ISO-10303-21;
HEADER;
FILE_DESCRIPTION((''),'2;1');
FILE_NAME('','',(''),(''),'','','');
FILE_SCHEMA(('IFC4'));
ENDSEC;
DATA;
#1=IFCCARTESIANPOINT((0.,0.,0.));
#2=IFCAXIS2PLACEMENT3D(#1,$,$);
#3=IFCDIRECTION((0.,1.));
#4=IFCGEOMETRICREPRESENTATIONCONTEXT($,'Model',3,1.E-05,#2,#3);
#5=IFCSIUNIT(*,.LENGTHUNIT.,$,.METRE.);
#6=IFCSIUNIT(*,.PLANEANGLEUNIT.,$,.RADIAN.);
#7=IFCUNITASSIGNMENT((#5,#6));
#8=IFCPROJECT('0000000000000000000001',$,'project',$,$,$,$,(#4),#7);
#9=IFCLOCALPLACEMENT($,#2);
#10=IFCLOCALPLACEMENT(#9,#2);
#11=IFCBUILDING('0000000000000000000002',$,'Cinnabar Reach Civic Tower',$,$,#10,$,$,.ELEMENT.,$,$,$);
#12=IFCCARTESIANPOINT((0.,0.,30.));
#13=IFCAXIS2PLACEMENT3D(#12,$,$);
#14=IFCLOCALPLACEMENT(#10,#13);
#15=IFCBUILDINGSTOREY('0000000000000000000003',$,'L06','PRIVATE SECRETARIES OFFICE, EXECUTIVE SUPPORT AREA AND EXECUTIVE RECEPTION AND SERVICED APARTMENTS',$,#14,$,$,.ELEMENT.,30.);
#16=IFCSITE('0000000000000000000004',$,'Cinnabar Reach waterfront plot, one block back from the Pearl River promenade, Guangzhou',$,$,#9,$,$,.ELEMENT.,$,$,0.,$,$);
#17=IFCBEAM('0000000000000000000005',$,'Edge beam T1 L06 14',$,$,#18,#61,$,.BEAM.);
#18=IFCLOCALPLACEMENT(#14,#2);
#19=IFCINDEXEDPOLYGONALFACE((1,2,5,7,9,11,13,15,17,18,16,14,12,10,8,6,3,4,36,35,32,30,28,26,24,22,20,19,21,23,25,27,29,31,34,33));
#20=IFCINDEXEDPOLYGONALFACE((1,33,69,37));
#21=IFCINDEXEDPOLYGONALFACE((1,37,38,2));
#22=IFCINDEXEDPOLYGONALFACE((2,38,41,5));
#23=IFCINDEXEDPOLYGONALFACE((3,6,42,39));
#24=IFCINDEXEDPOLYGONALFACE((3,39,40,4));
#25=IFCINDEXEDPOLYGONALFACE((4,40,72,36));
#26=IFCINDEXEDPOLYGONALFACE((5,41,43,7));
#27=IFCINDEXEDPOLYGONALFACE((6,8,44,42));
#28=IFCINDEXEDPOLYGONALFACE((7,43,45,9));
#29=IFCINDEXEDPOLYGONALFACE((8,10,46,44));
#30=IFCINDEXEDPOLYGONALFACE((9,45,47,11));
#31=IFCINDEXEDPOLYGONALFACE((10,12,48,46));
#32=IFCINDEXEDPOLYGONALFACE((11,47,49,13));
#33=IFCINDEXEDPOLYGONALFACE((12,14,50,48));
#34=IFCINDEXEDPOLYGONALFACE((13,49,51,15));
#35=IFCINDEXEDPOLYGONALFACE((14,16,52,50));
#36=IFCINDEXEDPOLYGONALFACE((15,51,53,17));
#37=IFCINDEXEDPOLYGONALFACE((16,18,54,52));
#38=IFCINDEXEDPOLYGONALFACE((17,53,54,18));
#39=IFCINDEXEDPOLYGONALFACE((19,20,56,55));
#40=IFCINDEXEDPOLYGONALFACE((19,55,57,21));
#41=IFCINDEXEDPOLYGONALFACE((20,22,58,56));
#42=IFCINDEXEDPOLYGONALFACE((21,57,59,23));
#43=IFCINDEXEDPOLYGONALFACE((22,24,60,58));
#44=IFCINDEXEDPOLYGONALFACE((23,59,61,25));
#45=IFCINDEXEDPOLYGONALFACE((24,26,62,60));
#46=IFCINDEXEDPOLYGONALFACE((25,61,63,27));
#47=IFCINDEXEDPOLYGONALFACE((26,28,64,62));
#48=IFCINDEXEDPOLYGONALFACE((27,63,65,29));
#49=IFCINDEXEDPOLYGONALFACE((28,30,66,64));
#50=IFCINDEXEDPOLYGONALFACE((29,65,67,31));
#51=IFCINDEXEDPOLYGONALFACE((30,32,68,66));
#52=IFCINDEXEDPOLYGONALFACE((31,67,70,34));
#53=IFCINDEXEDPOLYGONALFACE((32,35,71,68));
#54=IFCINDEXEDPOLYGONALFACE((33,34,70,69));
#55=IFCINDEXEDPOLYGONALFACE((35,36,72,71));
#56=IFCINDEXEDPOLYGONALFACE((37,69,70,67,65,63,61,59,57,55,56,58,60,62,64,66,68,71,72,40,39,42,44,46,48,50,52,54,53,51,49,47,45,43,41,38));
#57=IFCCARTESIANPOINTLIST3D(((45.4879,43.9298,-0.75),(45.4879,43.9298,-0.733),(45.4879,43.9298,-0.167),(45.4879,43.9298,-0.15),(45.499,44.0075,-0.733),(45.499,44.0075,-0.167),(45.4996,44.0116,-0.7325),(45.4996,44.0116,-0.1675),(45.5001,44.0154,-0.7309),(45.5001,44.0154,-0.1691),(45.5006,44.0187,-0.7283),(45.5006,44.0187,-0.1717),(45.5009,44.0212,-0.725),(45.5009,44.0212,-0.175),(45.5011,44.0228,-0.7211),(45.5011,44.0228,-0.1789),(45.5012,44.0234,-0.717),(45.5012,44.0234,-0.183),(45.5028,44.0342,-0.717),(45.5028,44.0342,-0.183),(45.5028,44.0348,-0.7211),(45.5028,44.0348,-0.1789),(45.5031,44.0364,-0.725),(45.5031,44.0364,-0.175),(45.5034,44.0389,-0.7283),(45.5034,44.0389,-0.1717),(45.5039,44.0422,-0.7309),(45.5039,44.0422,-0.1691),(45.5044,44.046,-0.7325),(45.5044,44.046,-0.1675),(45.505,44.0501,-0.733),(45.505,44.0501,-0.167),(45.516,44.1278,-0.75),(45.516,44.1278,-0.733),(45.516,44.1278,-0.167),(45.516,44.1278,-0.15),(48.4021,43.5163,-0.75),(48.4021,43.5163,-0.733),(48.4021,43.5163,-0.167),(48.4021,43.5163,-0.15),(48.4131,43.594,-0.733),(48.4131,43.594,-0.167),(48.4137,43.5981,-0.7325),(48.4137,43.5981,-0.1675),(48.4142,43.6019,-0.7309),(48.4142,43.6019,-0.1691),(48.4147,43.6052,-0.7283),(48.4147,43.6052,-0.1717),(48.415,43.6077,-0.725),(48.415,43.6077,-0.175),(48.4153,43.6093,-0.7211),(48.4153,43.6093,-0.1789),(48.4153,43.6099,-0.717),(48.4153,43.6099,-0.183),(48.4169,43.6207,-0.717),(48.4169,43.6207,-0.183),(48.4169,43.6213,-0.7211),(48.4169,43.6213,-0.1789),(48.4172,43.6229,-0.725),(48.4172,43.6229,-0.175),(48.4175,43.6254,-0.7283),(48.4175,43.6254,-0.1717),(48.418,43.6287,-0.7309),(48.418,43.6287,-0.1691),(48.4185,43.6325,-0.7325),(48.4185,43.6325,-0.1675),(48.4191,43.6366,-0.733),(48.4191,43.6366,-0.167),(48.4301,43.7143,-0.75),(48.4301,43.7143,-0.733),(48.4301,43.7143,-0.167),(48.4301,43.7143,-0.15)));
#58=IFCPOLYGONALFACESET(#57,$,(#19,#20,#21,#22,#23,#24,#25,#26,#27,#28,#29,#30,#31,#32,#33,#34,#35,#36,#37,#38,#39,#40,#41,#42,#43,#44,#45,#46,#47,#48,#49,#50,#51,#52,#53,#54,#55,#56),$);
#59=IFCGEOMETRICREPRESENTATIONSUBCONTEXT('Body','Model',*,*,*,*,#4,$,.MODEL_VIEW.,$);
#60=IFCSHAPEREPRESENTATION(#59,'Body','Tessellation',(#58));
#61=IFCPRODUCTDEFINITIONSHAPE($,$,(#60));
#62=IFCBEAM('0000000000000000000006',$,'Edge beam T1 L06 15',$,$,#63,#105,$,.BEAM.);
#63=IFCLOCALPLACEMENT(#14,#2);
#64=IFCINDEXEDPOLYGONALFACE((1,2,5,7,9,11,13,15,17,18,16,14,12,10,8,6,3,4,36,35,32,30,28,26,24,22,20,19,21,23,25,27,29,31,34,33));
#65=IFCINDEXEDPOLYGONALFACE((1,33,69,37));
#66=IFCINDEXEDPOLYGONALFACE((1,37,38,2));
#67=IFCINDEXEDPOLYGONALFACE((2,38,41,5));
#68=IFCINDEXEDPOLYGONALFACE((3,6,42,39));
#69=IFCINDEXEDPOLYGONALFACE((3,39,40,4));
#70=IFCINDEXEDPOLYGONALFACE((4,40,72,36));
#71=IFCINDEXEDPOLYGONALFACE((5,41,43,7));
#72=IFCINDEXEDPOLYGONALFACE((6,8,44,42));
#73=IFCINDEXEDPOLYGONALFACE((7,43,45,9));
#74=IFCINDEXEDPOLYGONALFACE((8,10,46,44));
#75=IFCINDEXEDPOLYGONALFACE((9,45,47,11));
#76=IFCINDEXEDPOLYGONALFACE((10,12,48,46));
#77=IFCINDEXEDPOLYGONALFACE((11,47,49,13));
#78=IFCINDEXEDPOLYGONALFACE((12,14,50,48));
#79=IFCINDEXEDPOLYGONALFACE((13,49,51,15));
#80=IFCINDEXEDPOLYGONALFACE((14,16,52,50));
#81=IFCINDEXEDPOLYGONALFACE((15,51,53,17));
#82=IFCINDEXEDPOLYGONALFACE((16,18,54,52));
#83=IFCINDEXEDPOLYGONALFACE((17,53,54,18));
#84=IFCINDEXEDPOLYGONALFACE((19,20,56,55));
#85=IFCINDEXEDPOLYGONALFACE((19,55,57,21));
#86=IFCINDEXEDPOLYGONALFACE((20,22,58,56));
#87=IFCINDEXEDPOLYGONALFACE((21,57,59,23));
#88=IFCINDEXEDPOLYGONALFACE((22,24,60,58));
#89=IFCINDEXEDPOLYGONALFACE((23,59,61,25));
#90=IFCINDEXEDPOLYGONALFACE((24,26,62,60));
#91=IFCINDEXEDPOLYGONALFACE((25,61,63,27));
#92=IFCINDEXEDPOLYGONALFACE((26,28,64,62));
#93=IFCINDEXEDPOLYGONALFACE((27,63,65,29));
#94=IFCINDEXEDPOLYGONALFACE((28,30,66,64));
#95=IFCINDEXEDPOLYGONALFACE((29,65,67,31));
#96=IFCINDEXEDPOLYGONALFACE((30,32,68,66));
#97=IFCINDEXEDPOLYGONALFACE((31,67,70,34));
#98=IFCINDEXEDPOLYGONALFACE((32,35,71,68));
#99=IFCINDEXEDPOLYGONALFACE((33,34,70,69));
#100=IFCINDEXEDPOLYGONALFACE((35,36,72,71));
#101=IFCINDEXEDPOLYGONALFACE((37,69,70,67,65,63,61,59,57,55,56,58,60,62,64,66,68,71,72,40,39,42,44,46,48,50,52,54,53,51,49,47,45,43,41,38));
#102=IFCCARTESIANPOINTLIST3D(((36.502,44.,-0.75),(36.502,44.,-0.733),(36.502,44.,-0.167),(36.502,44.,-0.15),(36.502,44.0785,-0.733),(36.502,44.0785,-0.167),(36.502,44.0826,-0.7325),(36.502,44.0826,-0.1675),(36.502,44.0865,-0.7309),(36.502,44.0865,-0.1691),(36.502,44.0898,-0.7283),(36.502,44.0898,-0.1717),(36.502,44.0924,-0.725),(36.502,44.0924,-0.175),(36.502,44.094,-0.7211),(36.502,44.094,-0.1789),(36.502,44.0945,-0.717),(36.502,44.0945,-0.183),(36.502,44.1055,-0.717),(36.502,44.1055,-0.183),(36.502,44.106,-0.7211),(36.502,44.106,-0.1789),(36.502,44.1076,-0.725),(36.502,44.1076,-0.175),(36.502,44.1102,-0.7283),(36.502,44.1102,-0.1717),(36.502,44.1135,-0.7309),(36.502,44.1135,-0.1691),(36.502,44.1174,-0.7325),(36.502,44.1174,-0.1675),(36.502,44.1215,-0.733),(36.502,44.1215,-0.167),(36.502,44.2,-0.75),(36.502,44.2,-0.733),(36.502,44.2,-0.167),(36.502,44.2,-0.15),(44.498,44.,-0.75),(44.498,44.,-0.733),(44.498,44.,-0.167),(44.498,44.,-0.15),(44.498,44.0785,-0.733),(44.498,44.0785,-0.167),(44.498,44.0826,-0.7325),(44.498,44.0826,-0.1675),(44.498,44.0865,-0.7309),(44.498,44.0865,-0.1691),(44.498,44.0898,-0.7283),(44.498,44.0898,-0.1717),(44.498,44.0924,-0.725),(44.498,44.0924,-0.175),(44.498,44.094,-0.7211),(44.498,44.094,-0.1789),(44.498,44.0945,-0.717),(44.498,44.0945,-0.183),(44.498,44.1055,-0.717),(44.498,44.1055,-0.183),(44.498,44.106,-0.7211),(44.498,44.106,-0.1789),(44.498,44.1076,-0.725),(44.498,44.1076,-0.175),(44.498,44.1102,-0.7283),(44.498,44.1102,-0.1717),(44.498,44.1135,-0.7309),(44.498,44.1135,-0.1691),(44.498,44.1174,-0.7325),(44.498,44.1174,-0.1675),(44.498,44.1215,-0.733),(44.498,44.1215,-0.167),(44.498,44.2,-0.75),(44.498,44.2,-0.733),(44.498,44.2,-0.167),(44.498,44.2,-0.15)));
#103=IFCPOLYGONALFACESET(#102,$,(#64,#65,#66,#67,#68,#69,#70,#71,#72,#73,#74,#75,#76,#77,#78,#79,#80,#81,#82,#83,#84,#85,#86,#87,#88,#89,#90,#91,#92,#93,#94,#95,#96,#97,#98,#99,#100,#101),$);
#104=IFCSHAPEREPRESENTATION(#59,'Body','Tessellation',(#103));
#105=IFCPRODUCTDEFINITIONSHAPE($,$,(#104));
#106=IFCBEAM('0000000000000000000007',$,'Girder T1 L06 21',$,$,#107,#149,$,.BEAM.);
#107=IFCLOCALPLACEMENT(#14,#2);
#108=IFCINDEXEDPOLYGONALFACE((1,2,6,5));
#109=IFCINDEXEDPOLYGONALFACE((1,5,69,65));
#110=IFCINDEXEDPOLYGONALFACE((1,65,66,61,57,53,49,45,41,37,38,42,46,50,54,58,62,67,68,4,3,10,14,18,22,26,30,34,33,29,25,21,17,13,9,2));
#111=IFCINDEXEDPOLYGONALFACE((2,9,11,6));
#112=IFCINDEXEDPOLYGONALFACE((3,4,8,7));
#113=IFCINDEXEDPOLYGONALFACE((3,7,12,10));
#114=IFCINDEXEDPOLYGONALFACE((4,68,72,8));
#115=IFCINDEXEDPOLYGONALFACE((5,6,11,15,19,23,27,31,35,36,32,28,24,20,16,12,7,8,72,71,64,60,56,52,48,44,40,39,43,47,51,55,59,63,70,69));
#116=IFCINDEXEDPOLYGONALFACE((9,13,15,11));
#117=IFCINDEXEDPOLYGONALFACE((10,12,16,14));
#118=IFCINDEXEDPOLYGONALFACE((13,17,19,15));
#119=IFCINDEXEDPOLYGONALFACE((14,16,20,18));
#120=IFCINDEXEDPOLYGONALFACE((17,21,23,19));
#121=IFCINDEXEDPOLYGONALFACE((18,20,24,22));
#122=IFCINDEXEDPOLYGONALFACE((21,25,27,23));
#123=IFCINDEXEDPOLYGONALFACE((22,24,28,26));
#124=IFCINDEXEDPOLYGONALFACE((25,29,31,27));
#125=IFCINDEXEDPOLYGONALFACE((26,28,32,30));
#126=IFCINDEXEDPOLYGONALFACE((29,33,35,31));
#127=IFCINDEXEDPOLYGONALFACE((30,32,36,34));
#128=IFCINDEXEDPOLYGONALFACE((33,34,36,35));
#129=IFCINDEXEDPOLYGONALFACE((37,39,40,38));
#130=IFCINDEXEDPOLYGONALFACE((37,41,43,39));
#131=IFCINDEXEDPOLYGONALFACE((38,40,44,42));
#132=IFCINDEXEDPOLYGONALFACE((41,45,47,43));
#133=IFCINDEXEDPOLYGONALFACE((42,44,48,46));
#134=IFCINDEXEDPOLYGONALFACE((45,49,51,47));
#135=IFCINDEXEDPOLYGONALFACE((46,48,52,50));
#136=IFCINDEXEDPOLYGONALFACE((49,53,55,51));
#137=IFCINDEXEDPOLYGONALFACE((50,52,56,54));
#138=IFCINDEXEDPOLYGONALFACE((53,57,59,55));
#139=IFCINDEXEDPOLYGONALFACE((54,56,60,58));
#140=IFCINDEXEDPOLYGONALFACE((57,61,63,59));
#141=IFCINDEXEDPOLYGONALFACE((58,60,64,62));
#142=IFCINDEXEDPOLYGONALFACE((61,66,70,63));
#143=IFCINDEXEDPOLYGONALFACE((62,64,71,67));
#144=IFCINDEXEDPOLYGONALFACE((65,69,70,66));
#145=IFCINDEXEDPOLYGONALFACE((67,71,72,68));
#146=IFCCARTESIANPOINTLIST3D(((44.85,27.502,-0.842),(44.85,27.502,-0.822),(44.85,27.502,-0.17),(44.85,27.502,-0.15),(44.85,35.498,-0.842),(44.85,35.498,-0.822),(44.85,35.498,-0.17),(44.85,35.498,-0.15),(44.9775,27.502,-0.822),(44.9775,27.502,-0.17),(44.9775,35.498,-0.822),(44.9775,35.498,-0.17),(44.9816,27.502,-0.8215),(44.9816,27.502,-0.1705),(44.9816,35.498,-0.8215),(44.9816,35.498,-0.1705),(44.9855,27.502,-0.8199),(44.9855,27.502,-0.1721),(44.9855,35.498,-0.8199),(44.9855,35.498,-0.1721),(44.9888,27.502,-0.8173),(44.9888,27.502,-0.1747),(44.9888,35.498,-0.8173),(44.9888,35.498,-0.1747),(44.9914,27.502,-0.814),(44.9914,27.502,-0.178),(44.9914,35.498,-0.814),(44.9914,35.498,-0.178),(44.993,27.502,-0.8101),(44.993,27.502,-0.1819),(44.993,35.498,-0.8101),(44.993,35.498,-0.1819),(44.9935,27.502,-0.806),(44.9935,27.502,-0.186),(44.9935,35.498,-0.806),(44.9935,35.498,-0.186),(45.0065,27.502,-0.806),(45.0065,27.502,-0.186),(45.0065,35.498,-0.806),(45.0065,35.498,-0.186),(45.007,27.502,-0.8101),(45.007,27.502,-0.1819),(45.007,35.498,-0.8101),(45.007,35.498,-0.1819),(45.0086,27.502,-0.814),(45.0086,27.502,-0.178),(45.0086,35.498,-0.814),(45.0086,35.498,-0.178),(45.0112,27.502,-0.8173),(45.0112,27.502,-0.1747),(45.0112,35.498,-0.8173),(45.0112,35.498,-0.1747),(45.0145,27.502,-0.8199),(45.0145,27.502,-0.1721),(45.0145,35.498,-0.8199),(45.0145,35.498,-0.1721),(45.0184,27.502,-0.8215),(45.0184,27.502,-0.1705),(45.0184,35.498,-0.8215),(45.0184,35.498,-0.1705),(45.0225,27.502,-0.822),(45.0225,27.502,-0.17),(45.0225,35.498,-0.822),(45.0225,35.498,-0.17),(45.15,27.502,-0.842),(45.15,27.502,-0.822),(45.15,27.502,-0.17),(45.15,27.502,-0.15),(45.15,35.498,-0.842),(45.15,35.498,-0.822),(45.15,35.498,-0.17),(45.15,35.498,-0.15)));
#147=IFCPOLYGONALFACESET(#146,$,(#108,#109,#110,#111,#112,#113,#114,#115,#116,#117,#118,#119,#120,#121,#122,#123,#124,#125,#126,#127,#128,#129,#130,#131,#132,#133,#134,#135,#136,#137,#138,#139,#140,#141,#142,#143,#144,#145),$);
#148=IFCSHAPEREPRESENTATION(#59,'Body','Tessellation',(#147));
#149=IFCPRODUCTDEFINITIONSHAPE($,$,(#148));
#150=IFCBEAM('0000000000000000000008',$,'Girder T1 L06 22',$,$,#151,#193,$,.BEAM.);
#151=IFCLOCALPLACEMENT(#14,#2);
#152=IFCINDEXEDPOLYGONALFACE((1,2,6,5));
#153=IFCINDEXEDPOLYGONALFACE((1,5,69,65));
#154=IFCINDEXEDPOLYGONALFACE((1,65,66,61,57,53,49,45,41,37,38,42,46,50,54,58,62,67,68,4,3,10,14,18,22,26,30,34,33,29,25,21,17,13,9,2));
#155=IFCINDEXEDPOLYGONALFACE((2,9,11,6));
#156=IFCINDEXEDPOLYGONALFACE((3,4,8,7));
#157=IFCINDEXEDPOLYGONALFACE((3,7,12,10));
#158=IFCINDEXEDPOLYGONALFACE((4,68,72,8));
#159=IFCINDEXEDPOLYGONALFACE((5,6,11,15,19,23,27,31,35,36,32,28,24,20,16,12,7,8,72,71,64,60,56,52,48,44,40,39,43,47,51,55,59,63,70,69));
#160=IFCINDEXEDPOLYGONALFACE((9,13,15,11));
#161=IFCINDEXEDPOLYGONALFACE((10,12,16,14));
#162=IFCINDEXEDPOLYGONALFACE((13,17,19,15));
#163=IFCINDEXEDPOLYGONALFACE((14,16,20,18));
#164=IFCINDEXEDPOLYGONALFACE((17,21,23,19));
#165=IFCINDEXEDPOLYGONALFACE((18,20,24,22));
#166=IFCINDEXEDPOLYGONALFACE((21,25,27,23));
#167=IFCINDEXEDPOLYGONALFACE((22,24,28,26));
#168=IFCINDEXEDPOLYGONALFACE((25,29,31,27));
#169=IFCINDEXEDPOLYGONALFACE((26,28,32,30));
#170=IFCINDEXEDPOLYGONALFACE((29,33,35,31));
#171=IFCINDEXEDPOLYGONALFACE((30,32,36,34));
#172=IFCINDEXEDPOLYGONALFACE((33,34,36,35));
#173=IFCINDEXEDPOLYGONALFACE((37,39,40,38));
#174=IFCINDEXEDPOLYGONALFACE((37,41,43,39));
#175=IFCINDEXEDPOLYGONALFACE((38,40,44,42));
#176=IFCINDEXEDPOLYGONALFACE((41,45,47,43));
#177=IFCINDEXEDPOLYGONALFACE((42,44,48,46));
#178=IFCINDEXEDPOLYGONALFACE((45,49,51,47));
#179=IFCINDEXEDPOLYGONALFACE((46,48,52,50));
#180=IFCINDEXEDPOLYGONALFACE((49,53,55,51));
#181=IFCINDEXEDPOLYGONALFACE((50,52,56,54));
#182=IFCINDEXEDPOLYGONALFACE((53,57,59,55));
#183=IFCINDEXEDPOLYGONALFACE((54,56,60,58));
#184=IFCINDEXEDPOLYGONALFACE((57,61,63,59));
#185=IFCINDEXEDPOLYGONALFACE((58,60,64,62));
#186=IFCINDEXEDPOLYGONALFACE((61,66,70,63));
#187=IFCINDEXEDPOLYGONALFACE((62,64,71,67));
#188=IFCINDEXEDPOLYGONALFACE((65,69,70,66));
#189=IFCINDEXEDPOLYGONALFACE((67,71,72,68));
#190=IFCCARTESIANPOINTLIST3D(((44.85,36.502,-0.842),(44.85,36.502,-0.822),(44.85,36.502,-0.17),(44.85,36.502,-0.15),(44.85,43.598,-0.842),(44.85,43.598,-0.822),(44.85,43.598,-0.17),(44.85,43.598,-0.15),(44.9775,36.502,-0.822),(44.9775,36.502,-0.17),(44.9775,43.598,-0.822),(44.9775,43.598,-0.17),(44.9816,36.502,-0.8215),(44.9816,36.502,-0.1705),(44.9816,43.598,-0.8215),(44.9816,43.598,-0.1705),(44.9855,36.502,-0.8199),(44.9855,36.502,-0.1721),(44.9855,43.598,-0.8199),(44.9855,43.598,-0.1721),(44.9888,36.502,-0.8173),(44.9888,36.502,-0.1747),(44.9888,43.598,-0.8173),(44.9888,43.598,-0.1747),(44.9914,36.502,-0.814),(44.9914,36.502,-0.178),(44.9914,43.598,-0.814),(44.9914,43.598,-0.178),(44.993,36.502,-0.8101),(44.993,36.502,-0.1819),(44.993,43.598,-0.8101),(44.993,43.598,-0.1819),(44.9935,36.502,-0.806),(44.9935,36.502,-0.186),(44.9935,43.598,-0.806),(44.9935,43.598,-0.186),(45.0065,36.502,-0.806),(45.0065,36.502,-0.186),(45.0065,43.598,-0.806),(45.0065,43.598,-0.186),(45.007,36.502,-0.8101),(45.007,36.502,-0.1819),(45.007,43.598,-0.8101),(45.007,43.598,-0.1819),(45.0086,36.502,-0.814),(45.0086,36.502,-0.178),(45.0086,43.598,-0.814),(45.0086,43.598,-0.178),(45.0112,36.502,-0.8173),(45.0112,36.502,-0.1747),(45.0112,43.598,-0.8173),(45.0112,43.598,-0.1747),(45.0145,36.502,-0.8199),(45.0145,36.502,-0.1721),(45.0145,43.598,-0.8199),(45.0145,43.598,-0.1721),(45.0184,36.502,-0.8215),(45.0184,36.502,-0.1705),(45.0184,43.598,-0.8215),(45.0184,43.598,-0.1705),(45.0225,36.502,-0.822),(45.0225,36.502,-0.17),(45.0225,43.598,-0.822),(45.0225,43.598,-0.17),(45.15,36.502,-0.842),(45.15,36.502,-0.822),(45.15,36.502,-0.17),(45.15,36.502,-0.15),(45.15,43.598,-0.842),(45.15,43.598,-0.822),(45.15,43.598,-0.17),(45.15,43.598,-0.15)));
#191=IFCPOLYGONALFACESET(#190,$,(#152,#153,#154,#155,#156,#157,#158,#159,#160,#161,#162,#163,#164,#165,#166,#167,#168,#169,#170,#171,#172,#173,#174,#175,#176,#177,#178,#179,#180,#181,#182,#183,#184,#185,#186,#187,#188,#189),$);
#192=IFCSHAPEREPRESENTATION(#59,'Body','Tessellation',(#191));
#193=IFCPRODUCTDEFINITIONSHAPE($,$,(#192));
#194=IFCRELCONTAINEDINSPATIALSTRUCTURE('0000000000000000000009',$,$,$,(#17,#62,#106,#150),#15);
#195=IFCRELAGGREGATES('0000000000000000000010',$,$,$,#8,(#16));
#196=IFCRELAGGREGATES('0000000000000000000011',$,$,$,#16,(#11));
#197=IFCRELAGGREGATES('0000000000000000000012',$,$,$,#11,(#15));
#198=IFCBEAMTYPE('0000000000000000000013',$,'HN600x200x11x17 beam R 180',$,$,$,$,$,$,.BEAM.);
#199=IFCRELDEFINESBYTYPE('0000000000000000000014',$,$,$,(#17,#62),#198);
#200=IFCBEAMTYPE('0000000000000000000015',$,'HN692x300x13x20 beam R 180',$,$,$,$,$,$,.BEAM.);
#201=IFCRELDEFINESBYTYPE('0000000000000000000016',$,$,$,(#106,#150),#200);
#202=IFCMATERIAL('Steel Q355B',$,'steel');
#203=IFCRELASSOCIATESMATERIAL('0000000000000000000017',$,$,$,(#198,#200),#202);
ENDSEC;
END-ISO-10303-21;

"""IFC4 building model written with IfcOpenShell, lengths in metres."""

from ifc_helpers import new_model, si_unit, direction, frame, origin, origin_2d, place, context, subcontext, project, spatial, i_section, extrude, material, material_profile, profile_set, type_object, element, save


model = new_model("IFC4")

# Units and contexts
model_context = context("Model", 3, precision=1e-05, world=origin(), true_north=direction((0.0, 1.0)))
body_context = subcontext(model_context, "Body", "Model", "MODEL_VIEW")
ifc_project = project(units=[si_unit("LENGTHUNIT", "METRE"), si_unit("PLANEANGLEUNIT", "RADIAN")], contexts=[model_context])

# Site, building, storey
site_placement = place(None, origin())
site = spatial("IfcSite", under=ifc_project, at=site_placement, Name="Cinnabar Reach waterfront plot, one block back from the Pearl River promenade, Guangzhou", CompositionType="ELEMENT", RefElevation=0.0)
building_placement = place(site_placement, origin())
building = spatial("IfcBuilding", under=site, at=building_placement, Name="Cinnabar Reach Civic Tower", CompositionType="ELEMENT")
storey_placement = place(building_placement, frame((0.0, 0.0, 30.0)))
storey = spatial("IfcBuildingStorey", under=building, at=storey_placement, Name="L06", Description="PRIVATE SECRETARIES OFFICE, EXECUTIVE SUPPORT AREA AND EXECUTIVE RECEPTION AND SERVICED APARTMENTS", CompositionType="ELEMENT", Elevation=30.0)

# Beams
ifc_material_1 = material(Name="Steel Q355B", Category="steel")
ifc_material_profile_1 = material_profile(ifc_material_1, i_section(OverallWidth=0.2, OverallDepth=0.6, WebThickness=0.011, FlangeThickness=0.017, FilletRadius=0.016, at=origin_2d()), Name="HN600x200x11x17")
ifc_profile_set_1 = profile_set([ifc_material_profile_1], Name="Steel Q355B")
beam_type_1 = type_object("IfcBeamType", Name="HN600x200x11x17 beam R 180", PredefinedType="BEAM", material=ifc_profile_set_1)
beam_1_placement = place(storey_placement, frame((48.4161, 43.6153, -0.45), z_axis=(-0.990082, 0.140489, 0.0), x_axis=(-0.140489, -0.990082, 0.0)))
element("IfcBeam", 1, at=beam_1_placement, inside=storey, type_object=beam_type_1, Name="Edge beam T1 L06 14", PredefinedType="BEAM", context=body_context, shape_type="SweptSolid", body=[
    extrude(i_section(OverallWidth=0.2, OverallDepth=0.6, WebThickness=0.011, FlangeThickness=0.017, FilletRadius=0.016, at=origin_2d()), origin(), (0.0, 0.0, 1.0), 2.9433),
])
beam_2_placement = place(storey_placement, frame((44.498, 44.1, -0.45), z_axis=(-1.0, 0.0, 0.0), x_axis=(0.0, -1.0, 0.0)))
element("IfcBeam", 2, at=beam_2_placement, inside=storey, type_object=beam_type_1, Name="Edge beam T1 L06 15", PredefinedType="BEAM", context=body_context, shape_type="SweptSolid", body=[
    extrude(i_section(OverallWidth=0.2, OverallDepth=0.6, WebThickness=0.011, FlangeThickness=0.017, FilletRadius=0.016, at=origin_2d()), origin(), (0.0, 0.0, 1.0), 7.996),
])
ifc_material_profile_2 = material_profile(ifc_material_1, i_section(OverallWidth=0.3, OverallDepth=0.692, WebThickness=0.013, FlangeThickness=0.02, FilletRadius=0.016, at=origin_2d()), Name="HN692x300x13x20")
ifc_profile_set_2 = profile_set([ifc_material_profile_2], Name="Steel Q355B")
beam_type_2 = type_object("IfcBeamType", Name="HN692x300x13x20 beam R 180", PredefinedType="BEAM", material=ifc_profile_set_2)
beam_3_placement = place(storey_placement, frame((45.0, 27.502, -0.496), z_axis=(0.0, 1.0, 0.0), x_axis=(-1.0, 0.0, 0.0)))
element("IfcBeam", 3, at=beam_3_placement, inside=storey, type_object=beam_type_2, Name="Girder T1 L06 21", PredefinedType="BEAM", context=body_context, shape_type="SweptSolid", body=[
    extrude(i_section(OverallWidth=0.3, OverallDepth=0.692, WebThickness=0.013, FlangeThickness=0.02, FilletRadius=0.016, at=origin_2d()), origin(), (0.0, 0.0, 1.0), 7.996),
])
beam_4_placement = place(storey_placement, frame((45.0, 36.502, -0.496), z_axis=(0.0, 1.0, 0.0), x_axis=(-1.0, 0.0, 0.0)))
element("IfcBeam", 4, at=beam_4_placement, inside=storey, type_object=beam_type_2, Name="Girder T1 L06 22", PredefinedType="BEAM", context=body_context, shape_type="SweptSolid", body=[
    extrude(i_section(OverallWidth=0.3, OverallDepth=0.692, WebThickness=0.013, FlangeThickness=0.02, FilletRadius=0.016, at=origin_2d()), origin(), (0.0, 0.0, 1.0), 7.096),
])

save(model, "model.ifc")
